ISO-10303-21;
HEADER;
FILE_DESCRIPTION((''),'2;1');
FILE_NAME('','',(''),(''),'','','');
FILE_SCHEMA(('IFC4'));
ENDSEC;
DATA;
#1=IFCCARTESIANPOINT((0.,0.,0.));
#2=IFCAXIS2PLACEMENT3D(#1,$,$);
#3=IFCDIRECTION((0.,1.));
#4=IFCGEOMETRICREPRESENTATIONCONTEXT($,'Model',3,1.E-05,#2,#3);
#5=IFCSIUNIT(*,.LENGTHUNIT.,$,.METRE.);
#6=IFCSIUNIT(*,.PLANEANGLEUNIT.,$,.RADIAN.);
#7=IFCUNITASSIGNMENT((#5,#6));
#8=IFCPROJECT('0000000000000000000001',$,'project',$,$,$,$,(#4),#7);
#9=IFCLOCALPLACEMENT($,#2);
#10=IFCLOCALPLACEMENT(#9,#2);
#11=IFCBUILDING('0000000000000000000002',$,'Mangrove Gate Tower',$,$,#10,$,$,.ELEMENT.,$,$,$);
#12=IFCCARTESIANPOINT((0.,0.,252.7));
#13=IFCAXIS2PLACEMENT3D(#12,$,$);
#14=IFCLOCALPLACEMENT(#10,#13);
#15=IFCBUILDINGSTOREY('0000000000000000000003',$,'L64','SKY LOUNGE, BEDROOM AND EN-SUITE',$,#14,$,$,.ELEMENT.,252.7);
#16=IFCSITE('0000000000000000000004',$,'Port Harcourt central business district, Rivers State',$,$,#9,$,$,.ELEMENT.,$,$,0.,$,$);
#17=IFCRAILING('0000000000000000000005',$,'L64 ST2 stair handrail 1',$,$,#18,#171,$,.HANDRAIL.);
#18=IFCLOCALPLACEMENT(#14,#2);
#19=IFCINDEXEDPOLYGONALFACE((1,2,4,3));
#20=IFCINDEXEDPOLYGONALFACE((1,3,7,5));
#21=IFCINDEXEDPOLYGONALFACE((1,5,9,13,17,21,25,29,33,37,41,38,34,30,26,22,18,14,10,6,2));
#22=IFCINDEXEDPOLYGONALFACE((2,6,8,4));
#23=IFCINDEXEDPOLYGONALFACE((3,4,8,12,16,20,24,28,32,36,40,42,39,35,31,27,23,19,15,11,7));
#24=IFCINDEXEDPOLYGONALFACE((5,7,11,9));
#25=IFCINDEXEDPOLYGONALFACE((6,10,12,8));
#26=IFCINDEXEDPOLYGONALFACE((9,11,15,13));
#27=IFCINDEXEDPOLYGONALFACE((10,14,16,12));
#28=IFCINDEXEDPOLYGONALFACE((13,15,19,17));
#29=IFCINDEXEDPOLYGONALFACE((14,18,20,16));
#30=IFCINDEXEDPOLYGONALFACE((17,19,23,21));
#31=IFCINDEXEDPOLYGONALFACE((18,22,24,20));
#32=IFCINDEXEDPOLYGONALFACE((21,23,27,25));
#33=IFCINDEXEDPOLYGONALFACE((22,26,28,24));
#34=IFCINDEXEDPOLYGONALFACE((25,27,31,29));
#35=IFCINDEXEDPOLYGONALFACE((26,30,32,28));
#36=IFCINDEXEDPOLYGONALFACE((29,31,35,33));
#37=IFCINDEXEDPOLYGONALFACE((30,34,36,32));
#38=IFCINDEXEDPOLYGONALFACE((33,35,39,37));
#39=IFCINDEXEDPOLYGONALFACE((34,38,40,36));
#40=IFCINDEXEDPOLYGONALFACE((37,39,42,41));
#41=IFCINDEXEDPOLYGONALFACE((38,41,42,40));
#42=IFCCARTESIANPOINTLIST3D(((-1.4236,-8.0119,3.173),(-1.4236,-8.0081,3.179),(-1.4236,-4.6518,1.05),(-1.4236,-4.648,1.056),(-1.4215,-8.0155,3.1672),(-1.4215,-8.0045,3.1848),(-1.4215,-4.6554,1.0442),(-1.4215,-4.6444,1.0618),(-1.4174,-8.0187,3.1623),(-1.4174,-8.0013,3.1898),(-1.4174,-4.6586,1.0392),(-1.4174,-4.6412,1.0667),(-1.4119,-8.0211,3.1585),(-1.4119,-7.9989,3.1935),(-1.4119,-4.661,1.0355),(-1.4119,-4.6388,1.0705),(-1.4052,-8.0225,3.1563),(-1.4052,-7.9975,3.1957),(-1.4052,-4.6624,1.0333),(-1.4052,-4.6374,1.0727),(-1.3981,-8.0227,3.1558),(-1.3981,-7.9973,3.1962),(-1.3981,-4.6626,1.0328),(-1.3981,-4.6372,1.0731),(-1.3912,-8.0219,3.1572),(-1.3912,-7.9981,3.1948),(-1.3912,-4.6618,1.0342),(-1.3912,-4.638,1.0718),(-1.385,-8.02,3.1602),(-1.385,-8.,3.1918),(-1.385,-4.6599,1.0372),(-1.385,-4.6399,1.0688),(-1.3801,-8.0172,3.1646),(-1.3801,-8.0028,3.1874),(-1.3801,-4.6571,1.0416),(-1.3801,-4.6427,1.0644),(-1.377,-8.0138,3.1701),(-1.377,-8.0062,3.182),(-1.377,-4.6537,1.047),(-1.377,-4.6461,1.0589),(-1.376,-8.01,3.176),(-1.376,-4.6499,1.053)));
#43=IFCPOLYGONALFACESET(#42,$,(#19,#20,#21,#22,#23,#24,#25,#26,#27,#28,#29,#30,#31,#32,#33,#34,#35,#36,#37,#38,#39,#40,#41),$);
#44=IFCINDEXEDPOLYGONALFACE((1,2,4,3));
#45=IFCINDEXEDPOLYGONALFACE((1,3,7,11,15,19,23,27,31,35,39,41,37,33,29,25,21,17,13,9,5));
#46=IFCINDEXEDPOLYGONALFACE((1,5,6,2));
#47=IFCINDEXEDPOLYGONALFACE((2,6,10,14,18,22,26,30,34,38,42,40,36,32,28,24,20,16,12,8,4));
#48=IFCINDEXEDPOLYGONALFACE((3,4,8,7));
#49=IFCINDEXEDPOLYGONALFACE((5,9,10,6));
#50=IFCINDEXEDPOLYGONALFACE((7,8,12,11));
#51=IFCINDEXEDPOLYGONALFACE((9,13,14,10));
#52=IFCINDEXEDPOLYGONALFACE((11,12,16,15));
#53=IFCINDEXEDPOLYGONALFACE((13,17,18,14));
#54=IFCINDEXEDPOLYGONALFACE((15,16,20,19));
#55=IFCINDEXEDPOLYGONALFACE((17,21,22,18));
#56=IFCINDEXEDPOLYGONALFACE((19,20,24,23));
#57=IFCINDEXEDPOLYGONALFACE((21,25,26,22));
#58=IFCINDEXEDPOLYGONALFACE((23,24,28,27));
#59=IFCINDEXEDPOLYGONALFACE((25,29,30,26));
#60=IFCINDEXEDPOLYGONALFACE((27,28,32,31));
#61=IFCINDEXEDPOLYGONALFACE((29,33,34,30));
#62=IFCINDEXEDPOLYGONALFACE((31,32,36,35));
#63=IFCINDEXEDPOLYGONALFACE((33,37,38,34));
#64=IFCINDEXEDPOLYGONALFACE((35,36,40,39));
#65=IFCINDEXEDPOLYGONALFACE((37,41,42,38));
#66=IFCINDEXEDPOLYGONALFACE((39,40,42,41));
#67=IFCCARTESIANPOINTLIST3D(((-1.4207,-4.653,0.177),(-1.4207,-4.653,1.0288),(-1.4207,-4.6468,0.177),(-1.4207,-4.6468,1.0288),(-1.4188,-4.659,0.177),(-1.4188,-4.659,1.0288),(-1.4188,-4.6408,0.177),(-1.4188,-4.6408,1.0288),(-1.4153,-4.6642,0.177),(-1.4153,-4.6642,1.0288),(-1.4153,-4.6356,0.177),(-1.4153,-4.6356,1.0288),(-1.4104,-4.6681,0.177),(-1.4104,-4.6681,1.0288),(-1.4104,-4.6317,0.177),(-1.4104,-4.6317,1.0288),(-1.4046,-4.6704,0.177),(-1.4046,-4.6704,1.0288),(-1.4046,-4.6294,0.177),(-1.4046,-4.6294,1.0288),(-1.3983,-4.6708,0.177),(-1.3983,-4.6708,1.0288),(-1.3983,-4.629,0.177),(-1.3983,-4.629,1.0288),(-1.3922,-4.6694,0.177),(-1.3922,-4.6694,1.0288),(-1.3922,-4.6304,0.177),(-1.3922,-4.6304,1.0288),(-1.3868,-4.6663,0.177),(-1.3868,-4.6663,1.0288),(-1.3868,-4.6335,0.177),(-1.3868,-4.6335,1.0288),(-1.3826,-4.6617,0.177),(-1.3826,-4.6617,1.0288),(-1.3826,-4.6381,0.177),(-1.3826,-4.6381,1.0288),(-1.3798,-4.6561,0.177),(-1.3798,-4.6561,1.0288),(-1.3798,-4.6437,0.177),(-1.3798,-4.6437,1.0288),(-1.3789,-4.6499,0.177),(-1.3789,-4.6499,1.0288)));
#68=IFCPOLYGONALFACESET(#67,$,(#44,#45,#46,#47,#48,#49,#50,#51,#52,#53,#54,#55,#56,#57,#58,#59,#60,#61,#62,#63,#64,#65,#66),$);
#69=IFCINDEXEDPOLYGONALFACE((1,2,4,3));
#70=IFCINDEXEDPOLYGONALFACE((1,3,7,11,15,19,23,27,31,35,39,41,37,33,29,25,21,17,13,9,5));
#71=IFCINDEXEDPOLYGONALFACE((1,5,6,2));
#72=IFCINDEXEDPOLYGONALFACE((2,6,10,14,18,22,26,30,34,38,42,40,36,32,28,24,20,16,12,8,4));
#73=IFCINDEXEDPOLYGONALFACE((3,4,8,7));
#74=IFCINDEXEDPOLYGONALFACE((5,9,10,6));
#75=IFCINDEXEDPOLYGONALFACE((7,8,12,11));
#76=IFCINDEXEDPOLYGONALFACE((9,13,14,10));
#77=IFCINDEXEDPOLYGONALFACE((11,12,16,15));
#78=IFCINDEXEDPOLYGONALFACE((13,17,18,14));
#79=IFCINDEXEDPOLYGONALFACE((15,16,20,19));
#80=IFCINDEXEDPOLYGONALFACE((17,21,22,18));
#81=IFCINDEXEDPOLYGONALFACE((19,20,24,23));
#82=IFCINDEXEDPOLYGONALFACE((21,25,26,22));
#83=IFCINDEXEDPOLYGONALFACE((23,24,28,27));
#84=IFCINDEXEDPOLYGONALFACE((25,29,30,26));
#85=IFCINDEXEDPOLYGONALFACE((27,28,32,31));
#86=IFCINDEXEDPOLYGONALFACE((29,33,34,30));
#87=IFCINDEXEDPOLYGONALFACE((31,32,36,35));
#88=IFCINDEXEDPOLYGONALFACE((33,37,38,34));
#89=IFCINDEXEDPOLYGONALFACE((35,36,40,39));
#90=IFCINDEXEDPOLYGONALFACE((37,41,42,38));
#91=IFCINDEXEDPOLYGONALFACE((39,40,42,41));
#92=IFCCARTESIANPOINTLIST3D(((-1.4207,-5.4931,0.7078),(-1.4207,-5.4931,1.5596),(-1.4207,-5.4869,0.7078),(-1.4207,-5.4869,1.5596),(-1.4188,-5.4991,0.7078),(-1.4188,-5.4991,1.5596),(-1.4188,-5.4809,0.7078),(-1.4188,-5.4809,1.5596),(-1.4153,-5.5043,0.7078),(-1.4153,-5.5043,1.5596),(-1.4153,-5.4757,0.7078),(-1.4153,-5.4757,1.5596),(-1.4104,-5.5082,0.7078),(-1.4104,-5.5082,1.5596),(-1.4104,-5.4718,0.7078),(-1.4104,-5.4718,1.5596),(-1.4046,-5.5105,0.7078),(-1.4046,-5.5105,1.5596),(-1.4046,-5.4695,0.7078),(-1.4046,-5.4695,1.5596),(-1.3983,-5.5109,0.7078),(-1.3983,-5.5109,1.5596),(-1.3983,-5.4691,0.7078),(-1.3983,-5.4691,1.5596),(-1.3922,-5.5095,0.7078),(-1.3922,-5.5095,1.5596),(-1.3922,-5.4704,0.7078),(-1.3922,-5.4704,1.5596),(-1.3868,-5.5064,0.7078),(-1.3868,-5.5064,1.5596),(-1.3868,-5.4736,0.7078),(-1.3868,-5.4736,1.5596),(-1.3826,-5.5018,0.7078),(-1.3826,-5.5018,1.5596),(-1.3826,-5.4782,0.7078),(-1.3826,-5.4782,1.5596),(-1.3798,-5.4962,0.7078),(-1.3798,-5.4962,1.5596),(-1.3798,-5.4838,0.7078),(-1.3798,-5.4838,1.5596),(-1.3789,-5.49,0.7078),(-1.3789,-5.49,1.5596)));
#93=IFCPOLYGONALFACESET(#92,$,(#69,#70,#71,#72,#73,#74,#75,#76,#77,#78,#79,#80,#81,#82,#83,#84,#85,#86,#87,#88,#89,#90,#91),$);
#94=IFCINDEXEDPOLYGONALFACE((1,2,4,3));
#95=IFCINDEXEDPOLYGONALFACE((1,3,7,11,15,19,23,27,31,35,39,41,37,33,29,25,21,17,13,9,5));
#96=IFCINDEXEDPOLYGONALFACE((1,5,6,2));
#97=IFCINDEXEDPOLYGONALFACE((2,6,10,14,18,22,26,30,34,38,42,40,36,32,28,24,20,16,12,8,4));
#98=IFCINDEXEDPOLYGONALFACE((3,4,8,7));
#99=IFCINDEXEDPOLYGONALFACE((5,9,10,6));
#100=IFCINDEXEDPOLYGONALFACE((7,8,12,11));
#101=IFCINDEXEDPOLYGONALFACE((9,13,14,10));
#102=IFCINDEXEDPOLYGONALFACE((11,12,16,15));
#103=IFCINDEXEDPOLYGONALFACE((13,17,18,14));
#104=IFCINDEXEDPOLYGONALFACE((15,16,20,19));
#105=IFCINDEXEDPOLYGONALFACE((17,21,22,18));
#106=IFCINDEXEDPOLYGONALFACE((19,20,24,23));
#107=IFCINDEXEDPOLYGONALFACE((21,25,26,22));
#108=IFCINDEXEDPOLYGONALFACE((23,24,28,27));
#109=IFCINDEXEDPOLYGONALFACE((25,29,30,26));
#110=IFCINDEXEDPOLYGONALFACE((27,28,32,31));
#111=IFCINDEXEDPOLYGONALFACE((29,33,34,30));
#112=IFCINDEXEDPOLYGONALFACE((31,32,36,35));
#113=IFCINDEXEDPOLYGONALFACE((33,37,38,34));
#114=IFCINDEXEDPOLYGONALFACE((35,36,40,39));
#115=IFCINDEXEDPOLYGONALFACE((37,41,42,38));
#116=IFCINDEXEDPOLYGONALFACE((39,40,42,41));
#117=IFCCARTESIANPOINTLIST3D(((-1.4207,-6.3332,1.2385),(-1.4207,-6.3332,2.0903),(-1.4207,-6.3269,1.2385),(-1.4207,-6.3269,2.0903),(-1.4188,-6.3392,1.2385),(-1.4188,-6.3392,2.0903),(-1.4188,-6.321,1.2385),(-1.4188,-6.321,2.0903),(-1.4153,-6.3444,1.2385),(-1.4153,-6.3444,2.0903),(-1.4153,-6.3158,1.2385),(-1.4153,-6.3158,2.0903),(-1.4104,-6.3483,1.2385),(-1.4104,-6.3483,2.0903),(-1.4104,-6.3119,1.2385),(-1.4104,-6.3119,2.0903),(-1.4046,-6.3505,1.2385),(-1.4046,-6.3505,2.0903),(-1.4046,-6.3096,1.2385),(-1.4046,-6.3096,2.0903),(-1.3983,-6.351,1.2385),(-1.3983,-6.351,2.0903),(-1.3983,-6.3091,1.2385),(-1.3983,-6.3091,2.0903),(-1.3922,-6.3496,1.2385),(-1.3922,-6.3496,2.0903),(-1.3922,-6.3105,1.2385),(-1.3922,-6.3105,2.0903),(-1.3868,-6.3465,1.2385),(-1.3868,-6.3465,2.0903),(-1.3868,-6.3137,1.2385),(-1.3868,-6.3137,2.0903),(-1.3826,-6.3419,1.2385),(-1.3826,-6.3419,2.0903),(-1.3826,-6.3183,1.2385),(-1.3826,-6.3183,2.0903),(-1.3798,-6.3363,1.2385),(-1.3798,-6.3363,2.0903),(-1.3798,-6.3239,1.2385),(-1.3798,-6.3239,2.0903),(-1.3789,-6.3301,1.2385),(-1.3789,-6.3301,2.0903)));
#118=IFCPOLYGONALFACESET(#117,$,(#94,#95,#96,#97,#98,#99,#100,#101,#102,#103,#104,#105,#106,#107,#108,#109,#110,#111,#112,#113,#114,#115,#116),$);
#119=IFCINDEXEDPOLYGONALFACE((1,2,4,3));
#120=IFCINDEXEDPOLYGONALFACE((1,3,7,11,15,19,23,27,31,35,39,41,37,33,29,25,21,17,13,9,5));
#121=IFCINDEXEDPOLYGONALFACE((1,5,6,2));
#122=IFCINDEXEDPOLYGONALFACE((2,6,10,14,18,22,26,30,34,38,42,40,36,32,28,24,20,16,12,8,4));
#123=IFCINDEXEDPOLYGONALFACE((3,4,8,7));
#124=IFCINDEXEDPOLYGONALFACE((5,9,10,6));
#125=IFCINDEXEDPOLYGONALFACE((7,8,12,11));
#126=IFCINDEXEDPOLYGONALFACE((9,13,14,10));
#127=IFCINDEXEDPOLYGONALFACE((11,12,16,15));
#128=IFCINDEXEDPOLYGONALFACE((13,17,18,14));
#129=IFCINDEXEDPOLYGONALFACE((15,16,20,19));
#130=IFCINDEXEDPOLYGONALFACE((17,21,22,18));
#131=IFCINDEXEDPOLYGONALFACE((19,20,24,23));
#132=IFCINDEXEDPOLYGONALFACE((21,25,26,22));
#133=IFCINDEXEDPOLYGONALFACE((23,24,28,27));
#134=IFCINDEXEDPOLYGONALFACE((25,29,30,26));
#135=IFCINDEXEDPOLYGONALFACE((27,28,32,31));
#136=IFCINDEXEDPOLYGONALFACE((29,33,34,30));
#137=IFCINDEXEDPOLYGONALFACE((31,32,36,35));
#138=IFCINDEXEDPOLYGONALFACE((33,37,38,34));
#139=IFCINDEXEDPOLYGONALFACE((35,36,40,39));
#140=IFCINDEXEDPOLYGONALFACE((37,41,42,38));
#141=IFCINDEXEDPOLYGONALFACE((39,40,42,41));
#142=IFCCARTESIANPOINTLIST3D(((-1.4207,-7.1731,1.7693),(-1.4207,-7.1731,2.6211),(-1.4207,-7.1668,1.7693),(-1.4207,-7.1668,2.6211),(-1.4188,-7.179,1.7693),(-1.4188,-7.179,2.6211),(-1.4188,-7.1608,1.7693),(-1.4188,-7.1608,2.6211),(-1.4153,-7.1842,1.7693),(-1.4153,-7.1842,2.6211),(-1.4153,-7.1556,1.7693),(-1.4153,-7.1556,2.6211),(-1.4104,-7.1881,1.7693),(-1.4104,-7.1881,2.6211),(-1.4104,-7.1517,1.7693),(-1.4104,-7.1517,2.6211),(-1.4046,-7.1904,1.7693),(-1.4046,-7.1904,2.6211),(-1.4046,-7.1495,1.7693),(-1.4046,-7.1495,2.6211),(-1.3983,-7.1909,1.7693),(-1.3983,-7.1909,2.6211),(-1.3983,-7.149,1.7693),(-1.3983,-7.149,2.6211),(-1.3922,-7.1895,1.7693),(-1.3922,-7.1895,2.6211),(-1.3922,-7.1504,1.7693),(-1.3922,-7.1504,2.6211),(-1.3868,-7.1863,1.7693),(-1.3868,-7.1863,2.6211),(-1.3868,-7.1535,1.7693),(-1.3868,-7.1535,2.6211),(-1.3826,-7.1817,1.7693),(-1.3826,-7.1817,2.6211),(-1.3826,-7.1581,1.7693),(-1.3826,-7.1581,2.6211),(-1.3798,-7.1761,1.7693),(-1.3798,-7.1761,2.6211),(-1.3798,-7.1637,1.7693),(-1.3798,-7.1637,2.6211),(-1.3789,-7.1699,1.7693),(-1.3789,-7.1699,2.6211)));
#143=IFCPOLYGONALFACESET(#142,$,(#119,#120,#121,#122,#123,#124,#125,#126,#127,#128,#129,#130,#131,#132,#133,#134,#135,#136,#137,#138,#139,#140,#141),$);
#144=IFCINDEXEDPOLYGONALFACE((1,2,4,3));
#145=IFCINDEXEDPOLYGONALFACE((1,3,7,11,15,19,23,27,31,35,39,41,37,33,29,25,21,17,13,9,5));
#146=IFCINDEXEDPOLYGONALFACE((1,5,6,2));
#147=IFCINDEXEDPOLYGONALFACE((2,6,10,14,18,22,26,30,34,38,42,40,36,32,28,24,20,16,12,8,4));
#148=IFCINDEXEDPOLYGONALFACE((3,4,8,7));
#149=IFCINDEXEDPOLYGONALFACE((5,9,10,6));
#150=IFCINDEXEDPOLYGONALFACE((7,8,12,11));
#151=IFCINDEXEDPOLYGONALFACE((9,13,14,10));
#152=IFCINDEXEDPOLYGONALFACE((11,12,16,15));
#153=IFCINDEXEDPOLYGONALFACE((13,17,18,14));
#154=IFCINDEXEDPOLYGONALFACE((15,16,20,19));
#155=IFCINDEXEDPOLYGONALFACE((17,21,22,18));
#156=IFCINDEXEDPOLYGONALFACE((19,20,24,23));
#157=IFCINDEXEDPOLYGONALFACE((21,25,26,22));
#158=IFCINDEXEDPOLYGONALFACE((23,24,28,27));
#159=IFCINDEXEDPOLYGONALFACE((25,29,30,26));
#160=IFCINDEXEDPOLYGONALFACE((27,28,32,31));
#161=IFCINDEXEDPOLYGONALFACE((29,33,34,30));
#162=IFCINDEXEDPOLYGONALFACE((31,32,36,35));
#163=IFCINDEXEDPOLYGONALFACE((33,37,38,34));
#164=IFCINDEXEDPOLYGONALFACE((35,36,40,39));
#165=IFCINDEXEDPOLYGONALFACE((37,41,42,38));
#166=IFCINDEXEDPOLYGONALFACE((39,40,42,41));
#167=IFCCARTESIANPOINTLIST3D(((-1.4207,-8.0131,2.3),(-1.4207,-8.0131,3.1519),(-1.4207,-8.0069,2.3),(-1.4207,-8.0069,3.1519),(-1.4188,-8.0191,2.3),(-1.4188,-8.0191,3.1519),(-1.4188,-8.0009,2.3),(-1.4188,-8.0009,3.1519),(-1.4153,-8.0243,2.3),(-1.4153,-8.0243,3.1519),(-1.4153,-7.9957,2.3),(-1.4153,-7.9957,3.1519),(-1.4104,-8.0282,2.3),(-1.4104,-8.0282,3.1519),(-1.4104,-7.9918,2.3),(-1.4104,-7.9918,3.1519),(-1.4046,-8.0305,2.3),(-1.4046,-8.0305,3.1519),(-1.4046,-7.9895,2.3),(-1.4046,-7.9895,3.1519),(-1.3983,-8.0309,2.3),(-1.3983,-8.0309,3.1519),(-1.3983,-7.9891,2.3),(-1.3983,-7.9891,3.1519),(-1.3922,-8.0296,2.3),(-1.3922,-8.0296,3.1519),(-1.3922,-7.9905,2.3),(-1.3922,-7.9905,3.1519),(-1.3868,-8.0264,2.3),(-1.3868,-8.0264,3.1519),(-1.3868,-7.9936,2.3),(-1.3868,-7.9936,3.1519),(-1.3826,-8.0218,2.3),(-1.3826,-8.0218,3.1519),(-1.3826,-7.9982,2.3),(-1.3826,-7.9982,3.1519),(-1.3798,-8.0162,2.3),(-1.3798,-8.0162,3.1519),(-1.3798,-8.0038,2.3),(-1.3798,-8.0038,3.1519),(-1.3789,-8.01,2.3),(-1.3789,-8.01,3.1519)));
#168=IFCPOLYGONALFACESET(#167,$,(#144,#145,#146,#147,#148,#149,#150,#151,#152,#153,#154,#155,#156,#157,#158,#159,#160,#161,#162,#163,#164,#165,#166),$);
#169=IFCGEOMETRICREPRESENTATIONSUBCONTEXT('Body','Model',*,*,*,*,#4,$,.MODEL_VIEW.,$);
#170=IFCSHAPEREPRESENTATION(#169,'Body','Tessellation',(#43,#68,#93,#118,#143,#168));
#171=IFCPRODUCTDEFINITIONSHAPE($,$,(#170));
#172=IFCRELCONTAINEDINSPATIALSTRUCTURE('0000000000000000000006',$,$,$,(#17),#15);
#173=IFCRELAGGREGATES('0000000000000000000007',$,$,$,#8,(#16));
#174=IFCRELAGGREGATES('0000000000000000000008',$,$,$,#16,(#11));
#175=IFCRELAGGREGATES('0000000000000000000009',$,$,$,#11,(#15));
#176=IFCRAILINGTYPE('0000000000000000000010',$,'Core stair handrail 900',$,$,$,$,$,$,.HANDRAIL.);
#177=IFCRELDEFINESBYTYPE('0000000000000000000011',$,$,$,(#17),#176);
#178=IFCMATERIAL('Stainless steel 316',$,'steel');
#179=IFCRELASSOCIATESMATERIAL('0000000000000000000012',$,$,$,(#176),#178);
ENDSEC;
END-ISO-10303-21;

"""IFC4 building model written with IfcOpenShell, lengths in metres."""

from ifc_helpers import new_model, si_unit, direction, frame, origin, origin_2d, place, context, subcontext, project, spatial, circle, extrude, material, type_object, element, save


model = new_model("IFC4")

# Units and contexts
model_context = context("Model", 3, precision=1e-05, world=origin(), true_north=direction((0.0, 1.0)))
body_context = subcontext(model_context, "Body", "Model", "MODEL_VIEW")
ifc_project = project(units=[si_unit("LENGTHUNIT", "METRE"), si_unit("PLANEANGLEUNIT", "RADIAN")], contexts=[model_context])

# Site, building, storey
site_placement = place(None, origin())
site = spatial("IfcSite", under=ifc_project, at=site_placement, Name="Port Harcourt central business district, Rivers State", CompositionType="ELEMENT", RefElevation=0.0)
building_placement = place(site_placement, origin())
building = spatial("IfcBuilding", under=site, at=building_placement, Name="Mangrove Gate Tower", CompositionType="ELEMENT")
storey_placement = place(building_placement, frame((0.0, 0.0, 252.7)))
storey = spatial("IfcBuildingStorey", under=building, at=storey_placement, Name="L64", Description="SKY LOUNGE, BEDROOM AND EN-SUITE", CompositionType="ELEMENT", Elevation=252.7)

# Railing
ifc_material_1 = material(Name="Stainless steel 316", Category="steel")
railing_type_1 = type_object("IfcRailingType", Name="Core stair handrail 900", PredefinedType="HANDRAIL", material=ifc_material_1)
railing_1_placement = place(storey_placement, frame((-1.3999, -4.6499, 0.177)))
element("IfcRailing", 1, at=railing_1_placement, inside=storey, type_object=railing_type_1, Name="L64 ST2 stair handrail 1", PredefinedType="HANDRAIL", context=body_context, shape_type="SweptSolid", body=[
    extrude(circle(Radius=0.0239, at=origin_2d()), frame((0.0, 0.0, 0.876), z_axis=(0.0, -0.84539, 0.53415), x_axis=(1.0, 0.0, 0.0)), (0.0, 0.0, 1.0), 3.9746),
    extrude(circle(Radius=0.021, at=origin_2d()), origin(), (0.0, 0.0, 1.0), 0.8518),
    extrude(circle(Radius=0.021, at=origin_2d()), frame((0.0, -0.8401, 0.5308)), (0.0, 0.0, 1.0), 0.8518),
    extrude(circle(Radius=0.021, at=origin_2d()), frame((0.0, -1.6802, 1.0615)), (0.0, 0.0, 1.0), 0.8518),
    extrude(circle(Radius=0.021, at=origin_2d()), frame((0.0, -2.52, 1.5923)), (0.0, 0.0, 1.0), 0.8518),
    extrude(circle(Radius=0.021, at=origin_2d()), frame((0.0, -3.3601, 2.123)), (0.0, 0.0, 1.0), 0.8518),
])

save(model, "model.ifc")
